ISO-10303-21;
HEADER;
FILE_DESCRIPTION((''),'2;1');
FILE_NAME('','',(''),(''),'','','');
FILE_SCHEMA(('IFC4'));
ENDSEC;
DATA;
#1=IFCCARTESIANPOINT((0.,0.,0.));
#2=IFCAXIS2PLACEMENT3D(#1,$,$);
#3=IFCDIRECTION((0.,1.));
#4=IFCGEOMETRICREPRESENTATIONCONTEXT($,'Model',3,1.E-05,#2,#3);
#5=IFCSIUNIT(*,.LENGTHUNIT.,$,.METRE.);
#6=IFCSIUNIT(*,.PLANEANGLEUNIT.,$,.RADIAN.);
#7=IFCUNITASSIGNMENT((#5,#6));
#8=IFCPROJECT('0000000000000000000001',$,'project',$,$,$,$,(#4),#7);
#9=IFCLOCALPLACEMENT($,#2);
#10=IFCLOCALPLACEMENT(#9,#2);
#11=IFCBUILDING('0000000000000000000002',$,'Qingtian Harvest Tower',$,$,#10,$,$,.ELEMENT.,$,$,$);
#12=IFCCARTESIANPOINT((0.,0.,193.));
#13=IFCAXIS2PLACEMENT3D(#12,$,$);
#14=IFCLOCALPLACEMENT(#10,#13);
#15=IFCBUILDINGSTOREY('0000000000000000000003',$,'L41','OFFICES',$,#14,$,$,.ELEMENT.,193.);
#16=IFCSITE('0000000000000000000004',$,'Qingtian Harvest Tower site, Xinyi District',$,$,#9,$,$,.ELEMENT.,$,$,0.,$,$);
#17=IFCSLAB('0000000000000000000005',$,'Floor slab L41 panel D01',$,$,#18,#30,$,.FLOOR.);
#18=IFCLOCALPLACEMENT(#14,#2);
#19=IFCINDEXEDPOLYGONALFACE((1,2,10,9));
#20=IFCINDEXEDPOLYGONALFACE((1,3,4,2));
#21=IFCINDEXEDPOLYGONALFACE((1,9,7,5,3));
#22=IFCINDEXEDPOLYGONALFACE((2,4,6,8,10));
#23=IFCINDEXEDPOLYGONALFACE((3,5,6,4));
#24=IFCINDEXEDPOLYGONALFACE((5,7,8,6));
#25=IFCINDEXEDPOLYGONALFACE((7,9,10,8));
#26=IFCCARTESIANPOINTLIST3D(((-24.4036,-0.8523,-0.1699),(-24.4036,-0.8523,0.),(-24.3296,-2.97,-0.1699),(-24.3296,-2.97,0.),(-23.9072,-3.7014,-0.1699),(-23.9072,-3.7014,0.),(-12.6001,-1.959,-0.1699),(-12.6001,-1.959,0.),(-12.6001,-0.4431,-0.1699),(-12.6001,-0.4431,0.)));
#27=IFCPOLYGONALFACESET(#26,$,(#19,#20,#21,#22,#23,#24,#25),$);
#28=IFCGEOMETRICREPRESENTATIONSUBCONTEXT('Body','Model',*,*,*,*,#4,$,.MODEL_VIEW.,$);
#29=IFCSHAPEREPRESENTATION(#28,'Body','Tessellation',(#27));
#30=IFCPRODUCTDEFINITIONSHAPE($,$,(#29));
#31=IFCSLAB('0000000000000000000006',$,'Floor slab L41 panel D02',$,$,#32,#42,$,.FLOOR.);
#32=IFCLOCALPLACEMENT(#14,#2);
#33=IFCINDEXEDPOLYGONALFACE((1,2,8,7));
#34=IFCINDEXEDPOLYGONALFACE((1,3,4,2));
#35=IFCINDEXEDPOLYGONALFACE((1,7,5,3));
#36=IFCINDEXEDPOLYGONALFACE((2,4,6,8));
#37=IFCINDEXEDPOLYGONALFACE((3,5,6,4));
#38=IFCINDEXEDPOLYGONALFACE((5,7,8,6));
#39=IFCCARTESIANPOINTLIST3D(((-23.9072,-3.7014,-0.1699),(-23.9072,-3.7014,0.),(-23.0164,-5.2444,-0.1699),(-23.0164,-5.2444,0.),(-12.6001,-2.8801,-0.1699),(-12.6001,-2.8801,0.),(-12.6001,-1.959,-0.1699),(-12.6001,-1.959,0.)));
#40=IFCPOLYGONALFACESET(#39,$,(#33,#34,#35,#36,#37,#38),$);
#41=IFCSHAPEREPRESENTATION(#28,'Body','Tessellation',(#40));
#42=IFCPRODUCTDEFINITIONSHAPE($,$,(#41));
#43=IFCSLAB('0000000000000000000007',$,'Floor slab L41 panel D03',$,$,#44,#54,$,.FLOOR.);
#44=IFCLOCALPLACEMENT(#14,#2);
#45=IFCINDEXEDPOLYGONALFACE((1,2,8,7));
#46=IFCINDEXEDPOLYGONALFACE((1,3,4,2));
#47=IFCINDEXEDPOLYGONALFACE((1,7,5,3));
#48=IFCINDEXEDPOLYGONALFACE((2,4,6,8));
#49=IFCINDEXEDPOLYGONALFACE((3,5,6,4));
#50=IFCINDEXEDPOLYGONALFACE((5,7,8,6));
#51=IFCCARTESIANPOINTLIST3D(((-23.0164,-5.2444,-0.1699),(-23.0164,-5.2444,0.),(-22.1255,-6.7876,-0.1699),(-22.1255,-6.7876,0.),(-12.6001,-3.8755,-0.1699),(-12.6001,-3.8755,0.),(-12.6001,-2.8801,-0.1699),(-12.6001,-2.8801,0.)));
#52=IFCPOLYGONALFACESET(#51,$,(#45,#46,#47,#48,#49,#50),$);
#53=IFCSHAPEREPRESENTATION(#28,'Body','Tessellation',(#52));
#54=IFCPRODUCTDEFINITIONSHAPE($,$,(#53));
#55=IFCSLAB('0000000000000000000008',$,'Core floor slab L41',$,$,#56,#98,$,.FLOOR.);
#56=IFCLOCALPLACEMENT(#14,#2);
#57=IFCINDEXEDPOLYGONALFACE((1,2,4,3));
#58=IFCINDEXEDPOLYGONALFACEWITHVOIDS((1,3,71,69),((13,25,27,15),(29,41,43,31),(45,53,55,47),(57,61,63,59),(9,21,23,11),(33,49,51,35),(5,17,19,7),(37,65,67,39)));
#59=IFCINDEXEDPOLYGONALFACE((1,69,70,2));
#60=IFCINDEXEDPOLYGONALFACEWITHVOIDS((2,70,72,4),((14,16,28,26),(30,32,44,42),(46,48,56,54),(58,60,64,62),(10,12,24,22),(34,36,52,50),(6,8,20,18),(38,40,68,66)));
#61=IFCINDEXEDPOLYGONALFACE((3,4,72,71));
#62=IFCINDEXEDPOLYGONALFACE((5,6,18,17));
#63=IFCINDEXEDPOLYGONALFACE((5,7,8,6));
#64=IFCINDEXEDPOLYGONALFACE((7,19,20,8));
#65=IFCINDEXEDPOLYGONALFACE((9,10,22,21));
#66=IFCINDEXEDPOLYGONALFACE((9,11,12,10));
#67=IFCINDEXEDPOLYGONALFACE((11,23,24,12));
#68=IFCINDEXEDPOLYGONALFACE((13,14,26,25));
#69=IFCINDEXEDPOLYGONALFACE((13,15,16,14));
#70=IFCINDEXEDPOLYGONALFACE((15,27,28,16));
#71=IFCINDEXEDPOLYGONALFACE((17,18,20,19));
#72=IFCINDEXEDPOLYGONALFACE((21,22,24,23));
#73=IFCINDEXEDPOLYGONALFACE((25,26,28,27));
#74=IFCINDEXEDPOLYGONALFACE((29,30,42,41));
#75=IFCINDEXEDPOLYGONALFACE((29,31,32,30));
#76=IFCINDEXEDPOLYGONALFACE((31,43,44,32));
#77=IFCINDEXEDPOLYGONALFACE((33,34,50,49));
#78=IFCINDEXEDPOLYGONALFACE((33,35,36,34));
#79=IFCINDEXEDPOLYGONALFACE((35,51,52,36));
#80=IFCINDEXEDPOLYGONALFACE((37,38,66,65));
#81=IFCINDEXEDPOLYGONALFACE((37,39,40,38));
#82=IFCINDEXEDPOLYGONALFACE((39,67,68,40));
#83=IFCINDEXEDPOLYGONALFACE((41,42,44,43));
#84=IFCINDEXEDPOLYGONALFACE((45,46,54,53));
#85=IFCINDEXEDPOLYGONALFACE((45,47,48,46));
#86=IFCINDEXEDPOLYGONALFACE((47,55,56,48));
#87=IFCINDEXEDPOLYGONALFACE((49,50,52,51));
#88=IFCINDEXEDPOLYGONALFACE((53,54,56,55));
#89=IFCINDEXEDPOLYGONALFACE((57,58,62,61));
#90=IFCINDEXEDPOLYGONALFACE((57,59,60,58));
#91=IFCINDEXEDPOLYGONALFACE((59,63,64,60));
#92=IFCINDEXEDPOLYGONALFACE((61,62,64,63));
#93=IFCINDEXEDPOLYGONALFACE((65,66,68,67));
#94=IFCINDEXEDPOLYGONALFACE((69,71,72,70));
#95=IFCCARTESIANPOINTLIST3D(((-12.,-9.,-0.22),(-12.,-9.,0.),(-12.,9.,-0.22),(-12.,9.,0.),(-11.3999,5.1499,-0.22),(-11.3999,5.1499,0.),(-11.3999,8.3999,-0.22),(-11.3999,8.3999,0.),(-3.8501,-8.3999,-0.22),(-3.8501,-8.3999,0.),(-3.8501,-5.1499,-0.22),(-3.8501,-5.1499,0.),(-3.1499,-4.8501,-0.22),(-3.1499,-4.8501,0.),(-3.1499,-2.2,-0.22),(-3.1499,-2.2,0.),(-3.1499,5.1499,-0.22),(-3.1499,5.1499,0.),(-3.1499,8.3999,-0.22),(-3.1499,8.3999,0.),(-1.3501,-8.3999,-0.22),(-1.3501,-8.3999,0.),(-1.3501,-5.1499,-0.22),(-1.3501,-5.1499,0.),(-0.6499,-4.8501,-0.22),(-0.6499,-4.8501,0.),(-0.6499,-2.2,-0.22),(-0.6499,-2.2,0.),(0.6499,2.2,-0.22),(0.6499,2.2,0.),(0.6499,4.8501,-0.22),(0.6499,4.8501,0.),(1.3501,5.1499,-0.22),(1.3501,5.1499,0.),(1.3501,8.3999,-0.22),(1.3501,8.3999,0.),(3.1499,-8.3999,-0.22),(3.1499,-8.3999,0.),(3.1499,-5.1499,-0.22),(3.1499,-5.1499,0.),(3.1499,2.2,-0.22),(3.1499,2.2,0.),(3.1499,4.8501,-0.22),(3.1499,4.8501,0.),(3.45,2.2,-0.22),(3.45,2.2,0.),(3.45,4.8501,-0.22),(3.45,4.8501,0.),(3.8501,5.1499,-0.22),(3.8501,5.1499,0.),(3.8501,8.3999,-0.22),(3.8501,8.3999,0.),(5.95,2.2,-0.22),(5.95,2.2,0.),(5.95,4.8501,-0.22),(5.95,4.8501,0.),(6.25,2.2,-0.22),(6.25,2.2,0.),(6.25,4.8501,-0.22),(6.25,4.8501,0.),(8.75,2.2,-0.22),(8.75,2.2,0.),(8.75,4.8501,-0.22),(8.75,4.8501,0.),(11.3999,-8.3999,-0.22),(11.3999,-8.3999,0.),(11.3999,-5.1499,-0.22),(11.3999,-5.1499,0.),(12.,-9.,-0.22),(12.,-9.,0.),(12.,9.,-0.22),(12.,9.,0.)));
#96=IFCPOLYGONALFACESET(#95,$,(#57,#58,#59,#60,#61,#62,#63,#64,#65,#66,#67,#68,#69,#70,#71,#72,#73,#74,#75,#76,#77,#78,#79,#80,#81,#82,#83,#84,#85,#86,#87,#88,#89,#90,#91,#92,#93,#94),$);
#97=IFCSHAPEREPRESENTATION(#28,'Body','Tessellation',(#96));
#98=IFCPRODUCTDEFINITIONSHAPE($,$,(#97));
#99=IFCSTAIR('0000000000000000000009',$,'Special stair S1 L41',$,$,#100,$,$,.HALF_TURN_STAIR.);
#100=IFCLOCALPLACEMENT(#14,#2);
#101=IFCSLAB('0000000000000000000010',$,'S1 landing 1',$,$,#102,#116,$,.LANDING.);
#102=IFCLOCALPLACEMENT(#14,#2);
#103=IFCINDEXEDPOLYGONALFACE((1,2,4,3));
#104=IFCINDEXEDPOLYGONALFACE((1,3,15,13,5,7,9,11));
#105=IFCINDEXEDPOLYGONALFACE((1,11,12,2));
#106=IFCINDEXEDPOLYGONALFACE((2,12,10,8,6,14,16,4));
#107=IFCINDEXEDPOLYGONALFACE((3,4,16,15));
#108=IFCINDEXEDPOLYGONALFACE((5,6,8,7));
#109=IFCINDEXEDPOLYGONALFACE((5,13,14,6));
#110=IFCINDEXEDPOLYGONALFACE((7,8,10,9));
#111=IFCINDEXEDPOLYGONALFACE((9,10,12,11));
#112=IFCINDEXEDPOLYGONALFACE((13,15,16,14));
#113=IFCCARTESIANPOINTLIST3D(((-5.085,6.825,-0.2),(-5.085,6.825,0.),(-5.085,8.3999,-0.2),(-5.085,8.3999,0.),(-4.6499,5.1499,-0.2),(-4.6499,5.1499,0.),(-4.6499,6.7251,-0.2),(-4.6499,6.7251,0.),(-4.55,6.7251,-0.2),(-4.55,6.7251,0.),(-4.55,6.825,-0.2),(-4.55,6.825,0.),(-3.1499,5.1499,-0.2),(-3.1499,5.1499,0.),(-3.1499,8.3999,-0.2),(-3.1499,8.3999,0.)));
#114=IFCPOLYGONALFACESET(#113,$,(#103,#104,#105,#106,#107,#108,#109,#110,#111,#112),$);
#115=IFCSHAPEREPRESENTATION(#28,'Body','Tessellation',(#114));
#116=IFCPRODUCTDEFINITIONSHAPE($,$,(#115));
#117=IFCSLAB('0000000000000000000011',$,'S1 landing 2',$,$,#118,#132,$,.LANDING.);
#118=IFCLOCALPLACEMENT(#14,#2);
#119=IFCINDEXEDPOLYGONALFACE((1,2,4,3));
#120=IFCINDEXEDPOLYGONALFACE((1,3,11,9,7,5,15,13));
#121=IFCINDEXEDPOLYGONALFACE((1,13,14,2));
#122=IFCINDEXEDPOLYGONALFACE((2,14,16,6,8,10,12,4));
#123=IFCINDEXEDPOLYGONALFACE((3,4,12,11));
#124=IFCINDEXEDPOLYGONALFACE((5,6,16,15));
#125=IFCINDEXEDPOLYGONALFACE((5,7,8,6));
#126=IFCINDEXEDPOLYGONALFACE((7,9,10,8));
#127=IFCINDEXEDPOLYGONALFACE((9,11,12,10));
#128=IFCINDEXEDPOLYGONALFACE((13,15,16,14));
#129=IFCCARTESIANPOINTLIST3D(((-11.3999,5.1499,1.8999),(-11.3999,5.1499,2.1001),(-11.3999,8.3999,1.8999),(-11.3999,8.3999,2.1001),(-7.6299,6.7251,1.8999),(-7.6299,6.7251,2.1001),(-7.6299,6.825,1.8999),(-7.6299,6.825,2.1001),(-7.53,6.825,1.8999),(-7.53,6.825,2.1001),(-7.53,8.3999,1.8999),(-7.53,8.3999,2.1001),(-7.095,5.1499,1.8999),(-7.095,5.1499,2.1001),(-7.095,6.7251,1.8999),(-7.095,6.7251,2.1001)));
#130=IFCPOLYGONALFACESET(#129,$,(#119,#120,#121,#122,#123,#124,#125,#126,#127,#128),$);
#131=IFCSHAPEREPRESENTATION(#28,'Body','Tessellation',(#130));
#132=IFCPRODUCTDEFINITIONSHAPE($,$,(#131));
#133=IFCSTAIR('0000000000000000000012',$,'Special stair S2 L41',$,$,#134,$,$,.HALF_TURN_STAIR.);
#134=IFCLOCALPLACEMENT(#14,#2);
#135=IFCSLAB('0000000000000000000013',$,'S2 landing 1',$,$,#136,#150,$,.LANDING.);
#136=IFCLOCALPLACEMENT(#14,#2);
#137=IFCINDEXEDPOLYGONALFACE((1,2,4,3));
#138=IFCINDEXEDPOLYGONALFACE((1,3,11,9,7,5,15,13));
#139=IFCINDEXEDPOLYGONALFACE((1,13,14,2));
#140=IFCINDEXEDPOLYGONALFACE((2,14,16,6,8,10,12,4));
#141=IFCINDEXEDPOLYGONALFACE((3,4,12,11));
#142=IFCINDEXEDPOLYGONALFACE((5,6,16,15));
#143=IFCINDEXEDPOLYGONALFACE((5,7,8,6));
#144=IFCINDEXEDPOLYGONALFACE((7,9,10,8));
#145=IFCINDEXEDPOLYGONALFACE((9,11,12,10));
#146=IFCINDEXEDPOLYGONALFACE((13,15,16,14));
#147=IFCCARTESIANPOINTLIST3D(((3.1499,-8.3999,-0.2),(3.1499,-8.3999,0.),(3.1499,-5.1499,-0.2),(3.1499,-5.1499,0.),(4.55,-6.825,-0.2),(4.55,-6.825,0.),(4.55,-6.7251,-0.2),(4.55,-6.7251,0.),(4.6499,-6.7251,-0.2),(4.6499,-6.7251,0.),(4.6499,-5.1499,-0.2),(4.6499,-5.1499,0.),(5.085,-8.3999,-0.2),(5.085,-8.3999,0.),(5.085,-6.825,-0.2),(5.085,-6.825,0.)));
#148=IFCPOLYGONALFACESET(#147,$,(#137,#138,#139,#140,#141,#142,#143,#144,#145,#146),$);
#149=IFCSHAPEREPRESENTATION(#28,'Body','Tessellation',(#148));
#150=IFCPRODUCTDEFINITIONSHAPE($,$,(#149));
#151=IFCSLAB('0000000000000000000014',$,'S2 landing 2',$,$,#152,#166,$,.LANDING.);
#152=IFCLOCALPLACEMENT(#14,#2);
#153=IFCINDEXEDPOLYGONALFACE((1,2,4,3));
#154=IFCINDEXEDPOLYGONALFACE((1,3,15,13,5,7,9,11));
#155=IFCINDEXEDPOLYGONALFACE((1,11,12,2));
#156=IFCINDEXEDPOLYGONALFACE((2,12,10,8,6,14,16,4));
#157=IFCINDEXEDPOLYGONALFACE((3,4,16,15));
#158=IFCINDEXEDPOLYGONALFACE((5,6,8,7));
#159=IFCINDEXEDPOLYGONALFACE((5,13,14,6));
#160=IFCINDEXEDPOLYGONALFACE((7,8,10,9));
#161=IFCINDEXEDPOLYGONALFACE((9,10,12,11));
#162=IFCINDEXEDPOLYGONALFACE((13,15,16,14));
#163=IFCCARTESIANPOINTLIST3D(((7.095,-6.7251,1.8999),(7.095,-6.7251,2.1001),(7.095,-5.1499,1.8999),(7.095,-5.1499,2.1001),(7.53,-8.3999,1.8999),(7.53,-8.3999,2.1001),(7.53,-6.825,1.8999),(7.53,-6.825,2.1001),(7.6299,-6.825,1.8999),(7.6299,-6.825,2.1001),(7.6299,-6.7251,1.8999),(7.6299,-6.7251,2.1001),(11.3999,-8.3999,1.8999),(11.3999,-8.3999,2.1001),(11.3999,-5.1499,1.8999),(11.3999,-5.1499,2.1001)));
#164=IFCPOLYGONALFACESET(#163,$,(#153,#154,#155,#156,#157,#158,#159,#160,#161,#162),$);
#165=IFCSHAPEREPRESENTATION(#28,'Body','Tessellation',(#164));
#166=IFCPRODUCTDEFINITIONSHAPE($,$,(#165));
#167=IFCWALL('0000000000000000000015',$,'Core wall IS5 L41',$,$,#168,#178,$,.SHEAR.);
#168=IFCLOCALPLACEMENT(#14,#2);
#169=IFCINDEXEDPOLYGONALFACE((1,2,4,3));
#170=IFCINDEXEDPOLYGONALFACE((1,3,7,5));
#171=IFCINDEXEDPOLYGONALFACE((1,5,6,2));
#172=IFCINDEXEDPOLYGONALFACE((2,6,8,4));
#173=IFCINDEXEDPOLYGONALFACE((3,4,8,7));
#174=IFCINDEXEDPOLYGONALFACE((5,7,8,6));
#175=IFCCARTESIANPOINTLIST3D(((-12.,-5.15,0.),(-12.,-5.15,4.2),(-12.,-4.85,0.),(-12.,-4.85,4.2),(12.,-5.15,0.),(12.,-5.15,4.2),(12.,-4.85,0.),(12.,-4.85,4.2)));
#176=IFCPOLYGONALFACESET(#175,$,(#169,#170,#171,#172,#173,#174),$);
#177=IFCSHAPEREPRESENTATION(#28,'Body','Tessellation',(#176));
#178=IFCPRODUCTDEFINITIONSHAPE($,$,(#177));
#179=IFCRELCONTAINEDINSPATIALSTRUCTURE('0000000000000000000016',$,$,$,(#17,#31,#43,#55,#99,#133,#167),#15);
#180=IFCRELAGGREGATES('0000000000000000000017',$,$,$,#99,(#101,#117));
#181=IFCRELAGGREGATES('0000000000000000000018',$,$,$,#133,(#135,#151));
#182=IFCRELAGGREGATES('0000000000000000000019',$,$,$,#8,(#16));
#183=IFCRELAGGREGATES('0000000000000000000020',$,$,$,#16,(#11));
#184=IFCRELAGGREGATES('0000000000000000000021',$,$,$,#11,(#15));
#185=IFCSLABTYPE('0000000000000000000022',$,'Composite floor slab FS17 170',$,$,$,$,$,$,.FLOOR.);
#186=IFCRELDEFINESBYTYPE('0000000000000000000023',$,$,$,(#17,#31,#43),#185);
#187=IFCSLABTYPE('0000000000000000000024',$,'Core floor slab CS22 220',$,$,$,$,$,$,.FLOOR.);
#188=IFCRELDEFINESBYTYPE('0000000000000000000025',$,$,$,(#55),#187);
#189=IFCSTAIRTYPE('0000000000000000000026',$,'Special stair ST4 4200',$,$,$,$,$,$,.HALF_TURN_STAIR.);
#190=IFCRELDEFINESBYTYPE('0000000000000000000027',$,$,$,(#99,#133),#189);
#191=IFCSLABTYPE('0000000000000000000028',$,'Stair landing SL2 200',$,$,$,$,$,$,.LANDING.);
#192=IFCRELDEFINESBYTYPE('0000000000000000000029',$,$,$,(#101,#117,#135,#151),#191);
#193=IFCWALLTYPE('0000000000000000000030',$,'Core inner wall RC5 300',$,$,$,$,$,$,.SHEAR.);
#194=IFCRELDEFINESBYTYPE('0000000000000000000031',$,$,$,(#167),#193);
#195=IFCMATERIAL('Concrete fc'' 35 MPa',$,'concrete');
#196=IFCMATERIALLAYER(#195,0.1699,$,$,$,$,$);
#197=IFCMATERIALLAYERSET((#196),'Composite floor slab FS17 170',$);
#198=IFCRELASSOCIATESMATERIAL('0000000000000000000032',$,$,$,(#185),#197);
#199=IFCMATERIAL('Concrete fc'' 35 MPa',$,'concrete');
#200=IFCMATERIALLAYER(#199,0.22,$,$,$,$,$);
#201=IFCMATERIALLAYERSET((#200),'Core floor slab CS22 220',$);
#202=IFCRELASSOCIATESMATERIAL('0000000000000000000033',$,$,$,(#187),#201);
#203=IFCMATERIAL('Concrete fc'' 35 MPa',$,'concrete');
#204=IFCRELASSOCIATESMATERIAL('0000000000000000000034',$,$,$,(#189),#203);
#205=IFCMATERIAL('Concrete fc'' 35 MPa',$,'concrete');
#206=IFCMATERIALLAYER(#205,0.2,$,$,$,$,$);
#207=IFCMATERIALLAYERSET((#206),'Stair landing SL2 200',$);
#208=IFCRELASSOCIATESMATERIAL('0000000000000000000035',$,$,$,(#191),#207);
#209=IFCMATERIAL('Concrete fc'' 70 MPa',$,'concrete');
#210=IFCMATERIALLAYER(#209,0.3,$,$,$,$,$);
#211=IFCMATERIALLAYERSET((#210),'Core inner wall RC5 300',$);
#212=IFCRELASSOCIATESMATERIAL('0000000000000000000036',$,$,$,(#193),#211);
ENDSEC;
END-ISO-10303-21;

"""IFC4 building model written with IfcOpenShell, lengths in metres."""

from ifc_helpers import new_model, si_unit, direction, frame, frame_2d, origin, place, context, subcontext, project, spatial, polyline, rectangle, outline, extrude, material, layer, layer_set, type_object, element, aggregate, save


model = new_model("IFC4")

# Units and contexts
model_context = context("Model", 3, precision=1e-05, world=origin(), true_north=direction((0.0, 1.0)))
body_context = subcontext(model_context, "Body", "Model", "MODEL_VIEW")
ifc_project = project(units=[si_unit("LENGTHUNIT", "METRE"), si_unit("PLANEANGLEUNIT", "RADIAN")], contexts=[model_context])

# Site, building, storey
site_placement = place(None, origin())
site = spatial("IfcSite", under=ifc_project, at=site_placement, Name="Qingtian Harvest Tower site, Xinyi District", CompositionType="ELEMENT", RefElevation=0.0)
building_placement = place(site_placement, origin())
building = spatial("IfcBuilding", under=site, at=building_placement, Name="Qingtian Harvest Tower", CompositionType="ELEMENT")
storey_placement = place(building_placement, frame((0.0, 0.0, 193.0)))
storey = spatial("IfcBuildingStorey", under=building, at=storey_placement, Name="L41", Description="OFFICES", CompositionType="ELEMENT", Elevation=193.0)

# Slabs
ifc_material_1 = material(Name="Concrete fc' 35 MPa", Category="concrete")
ifc_layer_1 = layer(ifc_material_1, 0.1699)
ifc_layer_set_1 = layer_set([ifc_layer_1], Name="Composite floor slab FS17 170")
slab_type_1 = type_object("IfcSlabType", Name="Composite floor slab FS17 170", PredefinedType="FLOOR", material=ifc_layer_set_1)
slab_1_placement = place(storey_placement, frame((0.0, 0.0, -0.1699)))
element("IfcSlab", 1, at=slab_1_placement, inside=storey, type_object=slab_type_1, Name="Floor slab L41 panel D01", PredefinedType="FLOOR", context=body_context, shape_type="SweptSolid", body=[
    extrude(outline(polyline([(-24.4036, -0.8523), (-12.6001, -0.4431), (-12.6001, -1.959), (-23.9072, -3.7014), (-24.3296, -2.97), (-24.4036, -0.8523)])), origin(), (0.0, 0.0, 1.0), 0.1699),
])
slab_2_placement = place(storey_placement, frame((0.0, 0.0, -0.1699)))
element("IfcSlab", 2, at=slab_2_placement, inside=storey, type_object=slab_type_1, Name="Floor slab L41 panel D02", PredefinedType="FLOOR", context=body_context, shape_type="SweptSolid", body=[
    extrude(outline(polyline([(-12.6001, -2.8801), (-23.0164, -5.2444), (-23.9072, -3.7014), (-12.6001, -1.959), (-12.6001, -2.8801)])), origin(), (0.0, 0.0, 1.0), 0.1699),
])
slab_3_placement = place(storey_placement, frame((0.0, 0.0, -0.1699)))
element("IfcSlab", 3, at=slab_3_placement, inside=storey, type_object=slab_type_1, Name="Floor slab L41 panel D03", PredefinedType="FLOOR", context=body_context, shape_type="SweptSolid", body=[
    extrude(outline(polyline([(-12.6001, -3.8755), (-22.1255, -6.7876), (-23.0164, -5.2444), (-12.6001, -2.8801), (-12.6001, -3.8755)])), origin(), (0.0, 0.0, 1.0), 0.1699),
])
ifc_material_2 = material(Name="Concrete fc' 35 MPa", Category="concrete")
ifc_layer_2 = layer(ifc_material_2, 0.22)
ifc_layer_set_2 = layer_set([ifc_layer_2], Name="Core floor slab CS22 220")
slab_type_2 = type_object("IfcSlabType", Name="Core floor slab CS22 220", PredefinedType="FLOOR", material=ifc_layer_set_2)
slab_4_placement = place(storey_placement, frame((0.0, 0.0, -0.22)))
element("IfcSlab", 4, at=slab_4_placement, inside=storey, type_object=slab_type_2, Name="Core floor slab L41", PredefinedType="FLOOR", context=body_context, shape_type="SweptSolid", body=[
    extrude(outline(polyline([(-12.0, -9.0), (12.0, -9.0), (12.0, 9.0), (-12.0, 9.0), (-12.0, -9.0)]), holes=[polyline([(-11.3999, 5.1499), (-3.1499, 5.1499), (-3.1499, 8.3999), (-11.3999, 8.3999), (-11.3999, 5.1499)]), polyline([(3.1499, -8.3999), (11.3999, -8.3999), (11.3999, -5.1499), (3.1499, -5.1499), (3.1499, -8.3999)]), polyline([(1.3501, 5.1499), (3.8501, 5.1499), (3.8501, 8.3999), (1.3501, 8.3999), (1.3501, 5.1499)]), polyline([(-3.8501, -8.3999), (-1.3501, -8.3999), (-1.3501, -5.1499), (-3.8501, -5.1499), (-3.8501, -8.3999)]), polyline([(0.6499, 2.2), (3.1499, 2.2), (3.1499, 4.8501), (0.6499, 4.8501), (0.6499, 2.2)]), polyline([(3.45, 2.2), (5.95, 2.2), (5.95, 4.8501), (3.45, 4.8501), (3.45, 2.2)]), polyline([(6.25, 2.2), (8.75, 2.2), (8.75, 4.8501), (6.25, 4.8501), (6.25, 2.2)]), polyline([(-3.1499, -4.8501), (-0.6499, -4.8501), (-0.6499, -2.2), (-3.1499, -2.2), (-3.1499, -4.8501)])]), origin(), (0.0, 0.0, 1.0), 0.22),
])

# Stairs, slabs
ifc_material_3 = material(Name="Concrete fc' 35 MPa", Category="concrete")
stair_type = type_object("IfcStairType", Name="Special stair ST4 4200", PredefinedType="HALF_TURN_STAIR", material=ifc_material_3)
stair_1_placement = place(storey_placement, origin())
stair_1 = element("IfcStair", 5, at=stair_1_placement, inside=storey, type_object=stair_type, Name="Special stair S1 L41", PredefinedType="HALF_TURN_STAIR")
ifc_material_4 = material(Name="Concrete fc' 35 MPa", Category="concrete")
ifc_layer_3 = layer(ifc_material_4, 0.2)
ifc_layer_set_3 = layer_set([ifc_layer_3], Name="Stair landing SL2 200")
slab_type_3 = type_object("IfcSlabType", Name="Stair landing SL2 200", PredefinedType="LANDING", material=ifc_layer_set_3)
slab_5_placement = place(storey_placement, frame((0.0, 0.0, -0.2)))
slab_5 = element("IfcSlab", 6, at=slab_5_placement, type_object=slab_type_3, Name="S1 landing 1", PredefinedType="LANDING", context=body_context, shape_type="SweptSolid", body=[
    extrude(outline(polyline([(-4.6499, 5.1499), (-4.6499, 6.7251), (-4.55, 6.7251), (-4.55, 6.825), (-5.085, 6.825), (-5.085, 8.3999), (-3.1499, 8.3999), (-3.1499, 5.1499), (-4.6499, 5.1499)])), origin(), (0.0, 0.0, 1.0), 0.2),
])
slab_6_placement = place(storey_placement, frame((0.0, 0.0, 1.8999)))
slab_6 = element("IfcSlab", 7, at=slab_6_placement, type_object=slab_type_3, Name="S1 landing 2", PredefinedType="LANDING", context=body_context, shape_type="SweptSolid", body=[
    extrude(outline(polyline([(-7.095, 5.1499), (-11.3999, 5.1499), (-11.3999, 8.3999), (-7.53, 8.3999), (-7.53, 6.825), (-7.6299, 6.825), (-7.6299, 6.7251), (-7.095, 6.7251), (-7.095, 5.1499)])), origin(), (0.0, 0.0, 1.0), 0.2002),
])
aggregate(stair_1, [slab_5, slab_6])
stair_2_placement = place(storey_placement, origin())
stair_2 = element("IfcStair", 8, at=stair_2_placement, inside=storey, type_object=stair_type, Name="Special stair S2 L41", PredefinedType="HALF_TURN_STAIR")
slab_7_placement = place(storey_placement, frame((0.0, 0.0, -0.2)))
slab_7 = element("IfcSlab", 9, at=slab_7_placement, type_object=slab_type_3, Name="S2 landing 1", PredefinedType="LANDING", context=body_context, shape_type="SweptSolid", body=[
    extrude(outline(polyline([(5.085, -8.3999), (3.1499, -8.3999), (3.1499, -5.1499), (4.6499, -5.1499), (4.6499, -6.7251), (4.55, -6.7251), (4.55, -6.825), (5.085, -6.825), (5.085, -8.3999)])), origin(), (0.0, 0.0, 1.0), 0.2),
])
slab_8_placement = place(storey_placement, frame((0.0, 0.0, 1.8999)))
slab_8 = element("IfcSlab", 10, at=slab_8_placement, type_object=slab_type_3, Name="S2 landing 2", PredefinedType="LANDING", context=body_context, shape_type="SweptSolid", body=[
    extrude(outline(polyline([(7.53, -8.3999), (7.53, -6.825), (7.6299, -6.825), (7.6299, -6.7251), (7.095, -6.7251), (7.095, -5.1499), (11.3999, -5.1499), (11.3999, -8.3999), (7.53, -8.3999)])), origin(), (0.0, 0.0, 1.0), 0.2002),
])
aggregate(stair_2, [slab_7, slab_8])

# Wall
ifc_material_5 = material(Name="Concrete fc' 70 MPa", Category="concrete")
ifc_layer_4 = layer(ifc_material_5, 0.3)
ifc_layer_set_4 = layer_set([ifc_layer_4], Name="Core inner wall RC5 300")
wall_type_1 = type_object("IfcWallType", Name="Core inner wall RC5 300", PredefinedType="SHEAR", material=ifc_layer_set_4)
wall_1_placement = place(storey_placement, frame((-12.0, -5.0, 0.0), z_axis=(0.0, 0.0, 1.0), x_axis=(1.0, 0.0, 0.0)))
element("IfcWall", 11, at=wall_1_placement, inside=storey, type_object=wall_type_1, Name="Core wall IS5 L41", PredefinedType="SHEAR", context=body_context, shape_type="SweptSolid", body=[
    extrude(rectangle(XDim=24.0, YDim=0.3, at=frame_2d((12.0, 0.0))), origin(), (0.0, 0.0, 1.0), 4.2),
])

save(model, "model.ifc")
